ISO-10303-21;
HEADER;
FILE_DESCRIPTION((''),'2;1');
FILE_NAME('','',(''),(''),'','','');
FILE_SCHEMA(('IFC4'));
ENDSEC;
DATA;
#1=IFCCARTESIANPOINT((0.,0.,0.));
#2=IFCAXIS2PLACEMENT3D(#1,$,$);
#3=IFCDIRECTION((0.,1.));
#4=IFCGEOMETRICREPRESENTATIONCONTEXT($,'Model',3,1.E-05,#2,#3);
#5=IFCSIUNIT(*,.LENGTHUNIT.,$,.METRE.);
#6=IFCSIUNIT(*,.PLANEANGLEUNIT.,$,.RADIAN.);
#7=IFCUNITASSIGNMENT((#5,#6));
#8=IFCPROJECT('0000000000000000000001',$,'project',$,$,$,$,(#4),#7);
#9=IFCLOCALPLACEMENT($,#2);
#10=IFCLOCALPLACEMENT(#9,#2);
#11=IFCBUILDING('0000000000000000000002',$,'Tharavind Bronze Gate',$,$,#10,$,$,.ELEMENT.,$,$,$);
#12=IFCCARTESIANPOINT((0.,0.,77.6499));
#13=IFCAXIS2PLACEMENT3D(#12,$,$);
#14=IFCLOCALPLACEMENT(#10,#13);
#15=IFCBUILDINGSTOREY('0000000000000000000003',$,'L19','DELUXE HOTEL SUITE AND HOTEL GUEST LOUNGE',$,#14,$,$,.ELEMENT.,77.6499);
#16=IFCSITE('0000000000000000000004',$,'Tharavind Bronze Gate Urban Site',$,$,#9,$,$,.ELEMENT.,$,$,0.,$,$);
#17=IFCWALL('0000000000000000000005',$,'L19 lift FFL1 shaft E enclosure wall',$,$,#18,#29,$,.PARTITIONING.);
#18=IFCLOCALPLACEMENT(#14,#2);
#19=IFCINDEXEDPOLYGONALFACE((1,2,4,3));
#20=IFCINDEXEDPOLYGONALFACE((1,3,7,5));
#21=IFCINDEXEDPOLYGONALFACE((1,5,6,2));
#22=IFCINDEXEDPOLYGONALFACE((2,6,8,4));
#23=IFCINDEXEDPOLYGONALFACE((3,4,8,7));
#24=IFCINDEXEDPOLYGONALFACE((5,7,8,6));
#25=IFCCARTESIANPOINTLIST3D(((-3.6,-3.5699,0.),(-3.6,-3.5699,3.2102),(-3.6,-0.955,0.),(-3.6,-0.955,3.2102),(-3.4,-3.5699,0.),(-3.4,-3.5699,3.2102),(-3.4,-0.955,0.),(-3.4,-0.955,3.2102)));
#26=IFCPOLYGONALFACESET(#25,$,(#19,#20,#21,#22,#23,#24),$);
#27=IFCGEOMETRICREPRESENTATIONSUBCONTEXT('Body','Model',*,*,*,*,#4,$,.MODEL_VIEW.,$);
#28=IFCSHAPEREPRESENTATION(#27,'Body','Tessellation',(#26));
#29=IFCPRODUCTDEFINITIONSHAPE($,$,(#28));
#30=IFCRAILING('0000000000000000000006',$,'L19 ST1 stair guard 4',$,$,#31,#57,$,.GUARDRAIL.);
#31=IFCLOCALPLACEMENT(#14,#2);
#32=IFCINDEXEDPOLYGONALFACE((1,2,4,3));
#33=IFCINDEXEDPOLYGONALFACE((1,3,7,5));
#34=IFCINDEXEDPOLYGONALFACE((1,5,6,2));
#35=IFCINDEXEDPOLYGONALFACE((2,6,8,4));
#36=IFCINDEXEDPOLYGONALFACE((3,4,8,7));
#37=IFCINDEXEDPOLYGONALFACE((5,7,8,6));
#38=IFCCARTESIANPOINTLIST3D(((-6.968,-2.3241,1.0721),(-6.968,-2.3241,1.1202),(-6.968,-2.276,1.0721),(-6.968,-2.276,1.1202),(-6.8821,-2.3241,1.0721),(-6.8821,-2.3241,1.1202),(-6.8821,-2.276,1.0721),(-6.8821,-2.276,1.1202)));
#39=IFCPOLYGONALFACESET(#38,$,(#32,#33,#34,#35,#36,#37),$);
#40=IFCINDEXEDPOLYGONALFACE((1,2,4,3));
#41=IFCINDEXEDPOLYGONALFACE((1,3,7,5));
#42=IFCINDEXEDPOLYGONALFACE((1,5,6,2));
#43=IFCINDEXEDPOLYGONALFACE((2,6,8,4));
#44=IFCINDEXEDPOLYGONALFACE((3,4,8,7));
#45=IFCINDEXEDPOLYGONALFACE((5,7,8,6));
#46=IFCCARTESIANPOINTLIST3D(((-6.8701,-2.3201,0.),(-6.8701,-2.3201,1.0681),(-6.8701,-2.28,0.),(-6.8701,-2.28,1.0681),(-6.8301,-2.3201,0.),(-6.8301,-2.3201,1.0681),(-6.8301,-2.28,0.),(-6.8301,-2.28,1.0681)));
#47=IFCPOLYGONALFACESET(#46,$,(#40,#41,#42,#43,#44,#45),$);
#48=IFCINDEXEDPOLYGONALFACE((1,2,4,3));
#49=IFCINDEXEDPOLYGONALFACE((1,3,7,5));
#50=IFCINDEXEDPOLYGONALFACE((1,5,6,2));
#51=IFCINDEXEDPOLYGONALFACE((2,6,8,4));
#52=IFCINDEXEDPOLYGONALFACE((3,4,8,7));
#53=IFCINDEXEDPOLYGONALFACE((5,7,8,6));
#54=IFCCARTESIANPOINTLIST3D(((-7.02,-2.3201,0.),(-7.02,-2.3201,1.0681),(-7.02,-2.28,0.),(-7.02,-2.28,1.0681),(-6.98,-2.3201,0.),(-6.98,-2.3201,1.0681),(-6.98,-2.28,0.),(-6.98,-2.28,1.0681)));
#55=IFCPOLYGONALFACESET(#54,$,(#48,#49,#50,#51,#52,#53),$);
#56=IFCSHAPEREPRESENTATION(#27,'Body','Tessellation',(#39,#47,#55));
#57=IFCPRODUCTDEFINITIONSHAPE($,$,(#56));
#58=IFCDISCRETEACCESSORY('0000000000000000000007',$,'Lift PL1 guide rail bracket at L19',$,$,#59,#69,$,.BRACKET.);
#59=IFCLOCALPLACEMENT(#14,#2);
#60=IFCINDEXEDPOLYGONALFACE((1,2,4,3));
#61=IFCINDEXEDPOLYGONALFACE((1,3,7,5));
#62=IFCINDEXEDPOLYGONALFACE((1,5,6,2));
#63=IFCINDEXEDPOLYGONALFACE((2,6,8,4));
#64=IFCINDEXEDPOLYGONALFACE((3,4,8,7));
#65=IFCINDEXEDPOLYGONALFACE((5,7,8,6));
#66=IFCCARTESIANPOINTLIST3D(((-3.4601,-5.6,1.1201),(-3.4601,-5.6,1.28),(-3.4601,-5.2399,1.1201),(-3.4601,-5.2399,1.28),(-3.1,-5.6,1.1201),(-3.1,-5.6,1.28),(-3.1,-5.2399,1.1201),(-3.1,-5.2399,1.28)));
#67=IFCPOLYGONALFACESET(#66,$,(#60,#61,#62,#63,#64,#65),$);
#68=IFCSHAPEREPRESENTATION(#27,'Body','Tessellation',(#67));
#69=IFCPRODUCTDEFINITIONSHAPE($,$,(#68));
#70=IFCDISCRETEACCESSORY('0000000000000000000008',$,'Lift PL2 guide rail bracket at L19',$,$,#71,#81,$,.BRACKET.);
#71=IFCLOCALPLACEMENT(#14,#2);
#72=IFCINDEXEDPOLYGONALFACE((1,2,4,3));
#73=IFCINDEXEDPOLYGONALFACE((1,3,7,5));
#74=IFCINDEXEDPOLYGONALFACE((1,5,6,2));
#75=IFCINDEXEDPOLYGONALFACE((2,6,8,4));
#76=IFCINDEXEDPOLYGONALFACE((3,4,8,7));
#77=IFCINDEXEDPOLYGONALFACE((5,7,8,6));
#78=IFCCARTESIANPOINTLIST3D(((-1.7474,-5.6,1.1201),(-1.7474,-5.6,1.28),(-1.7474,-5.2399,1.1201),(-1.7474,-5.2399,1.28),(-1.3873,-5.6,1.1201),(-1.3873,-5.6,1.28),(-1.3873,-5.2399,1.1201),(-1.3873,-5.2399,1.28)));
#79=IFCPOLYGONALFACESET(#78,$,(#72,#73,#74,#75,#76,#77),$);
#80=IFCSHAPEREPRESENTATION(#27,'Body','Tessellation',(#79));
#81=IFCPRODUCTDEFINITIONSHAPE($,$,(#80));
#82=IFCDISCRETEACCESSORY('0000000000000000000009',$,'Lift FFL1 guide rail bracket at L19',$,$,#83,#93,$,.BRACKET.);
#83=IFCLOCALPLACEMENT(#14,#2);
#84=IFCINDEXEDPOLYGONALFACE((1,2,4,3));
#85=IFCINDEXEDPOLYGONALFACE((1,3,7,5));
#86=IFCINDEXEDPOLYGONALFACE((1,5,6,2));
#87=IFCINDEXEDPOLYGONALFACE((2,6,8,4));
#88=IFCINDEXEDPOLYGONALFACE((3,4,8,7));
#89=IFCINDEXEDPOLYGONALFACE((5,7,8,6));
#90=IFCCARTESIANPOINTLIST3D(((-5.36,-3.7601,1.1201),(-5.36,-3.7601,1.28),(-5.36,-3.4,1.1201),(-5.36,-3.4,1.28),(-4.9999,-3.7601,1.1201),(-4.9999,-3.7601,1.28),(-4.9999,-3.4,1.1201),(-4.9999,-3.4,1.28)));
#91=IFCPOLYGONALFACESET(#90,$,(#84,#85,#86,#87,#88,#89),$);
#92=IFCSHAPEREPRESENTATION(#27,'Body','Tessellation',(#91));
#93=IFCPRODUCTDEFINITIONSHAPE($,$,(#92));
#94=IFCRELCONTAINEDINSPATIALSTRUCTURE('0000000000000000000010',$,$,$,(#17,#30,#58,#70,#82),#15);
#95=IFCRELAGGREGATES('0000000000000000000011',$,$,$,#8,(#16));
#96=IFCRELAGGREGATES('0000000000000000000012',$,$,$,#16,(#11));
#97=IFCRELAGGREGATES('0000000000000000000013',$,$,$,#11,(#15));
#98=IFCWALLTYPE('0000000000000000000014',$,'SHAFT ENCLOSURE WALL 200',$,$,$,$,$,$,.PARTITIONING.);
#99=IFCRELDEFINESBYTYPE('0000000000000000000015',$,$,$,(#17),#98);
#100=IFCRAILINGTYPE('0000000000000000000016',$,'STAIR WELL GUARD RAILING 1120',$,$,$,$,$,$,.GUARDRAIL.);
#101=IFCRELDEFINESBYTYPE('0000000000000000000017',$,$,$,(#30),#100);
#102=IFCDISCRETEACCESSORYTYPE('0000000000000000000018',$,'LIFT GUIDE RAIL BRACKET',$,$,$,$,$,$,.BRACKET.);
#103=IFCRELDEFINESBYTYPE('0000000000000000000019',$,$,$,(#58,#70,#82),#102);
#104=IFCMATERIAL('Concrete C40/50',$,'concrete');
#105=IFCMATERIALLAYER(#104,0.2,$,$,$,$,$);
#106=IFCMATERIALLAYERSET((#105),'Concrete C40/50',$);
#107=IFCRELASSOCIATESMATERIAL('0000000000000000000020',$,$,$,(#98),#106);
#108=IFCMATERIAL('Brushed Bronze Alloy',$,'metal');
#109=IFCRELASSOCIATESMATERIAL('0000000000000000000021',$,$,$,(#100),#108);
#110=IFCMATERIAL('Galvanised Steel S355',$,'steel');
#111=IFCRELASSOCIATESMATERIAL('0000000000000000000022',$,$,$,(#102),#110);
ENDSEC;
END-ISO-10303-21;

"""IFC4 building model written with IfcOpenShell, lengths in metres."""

from ifc_helpers import new_model, si_unit, direction, frame, frame_2d, origin, origin_2d, place, context, subcontext, project, spatial, rectangle, extrude, material, layer, layer_set, type_object, element, save


model = new_model("IFC4")

# Units and contexts
model_context = context("Model", 3, precision=1e-05, world=origin(), true_north=direction((0.0, 1.0)))
body_context = subcontext(model_context, "Body", "Model", "MODEL_VIEW")
ifc_project = project(units=[si_unit("LENGTHUNIT", "METRE"), si_unit("PLANEANGLEUNIT", "RADIAN")], contexts=[model_context])

# Site, building, storey
site_placement = place(None, origin())
site = spatial("IfcSite", under=ifc_project, at=site_placement, Name="Tharavind Bronze Gate Urban Site", CompositionType="ELEMENT", RefElevation=0.0)
building_placement = place(site_placement, origin())
building = spatial("IfcBuilding", under=site, at=building_placement, Name="Tharavind Bronze Gate", CompositionType="ELEMENT")
storey_placement = place(building_placement, frame((0.0, 0.0, 77.6499)))
storey = spatial("IfcBuildingStorey", under=building, at=storey_placement, Name="L19", Description="DELUXE HOTEL SUITE AND HOTEL GUEST LOUNGE", CompositionType="ELEMENT", Elevation=77.6499)

# Wall
ifc_material_1 = material(Name="Concrete C40/50", Category="concrete")
ifc_layer_1 = layer(ifc_material_1, 0.2)
ifc_layer_set_1 = layer_set([ifc_layer_1], Name="Concrete C40/50")
wall_type_1 = type_object("IfcWallType", Name="SHAFT ENCLOSURE WALL 200", PredefinedType="PARTITIONING", material=ifc_layer_set_1)
wall_1_placement = place(storey_placement, frame((-3.5, -3.5701, 0.0), z_axis=(0.0, 0.0, 1.0), x_axis=(0.0, 1.0, 0.0)))
element("IfcWall", 1, at=wall_1_placement, inside=storey, type_object=wall_type_1, Name="L19 lift FFL1 shaft E enclosure wall", PredefinedType="PARTITIONING", context=body_context, shape_type="SweptSolid", body=[
    extrude(rectangle(XDim=2.615, YDim=0.2, at=frame_2d((1.3076, 0.0))), origin(), (0.0, 0.0, 1.0), 3.2102),
])

# Railing
ifc_material_2 = material(Name="Brushed Bronze Alloy", Category="metal")
railing_type = type_object("IfcRailingType", Name="STAIR WELL GUARD RAILING 1120", PredefinedType="GUARDRAIL", material=ifc_material_2)
railing_placement = place(storey_placement, frame((-6.8501, -2.3, 0.0)))
element("IfcRailing", 2, at=railing_placement, inside=storey, type_object=railing_type, Name="L19 ST1 stair guard 4", PredefinedType="GUARDRAIL", context=body_context, shape_type="SweptSolid", body=[
    extrude(rectangle(XDim=0.0481, YDim=0.0481, at=origin_2d()), frame((-0.032, 0.0, 1.0962), z_axis=(-1.0, 0.0, 0.0), x_axis=(0.0, -1.0, 0.0)), (0.0, 0.0, 1.0), 0.0859),
    extrude(rectangle(XDim=0.04, YDim=0.04, at=origin_2d()), origin(), (0.0, 0.0, 1.0), 1.0681),
    extrude(rectangle(XDim=0.04, YDim=0.04, at=origin_2d()), frame((-0.1499, 0.0, 0.0)), (0.0, 0.0, 1.0), 1.0681),
])

# Discrete accessories
ifc_material_3 = material(Name="Galvanised Steel S355", Category="steel")
discrete_accessory_type = type_object("IfcDiscreteAccessoryType", Name="LIFT GUIDE RAIL BRACKET", PredefinedType="BRACKET", material=ifc_material_3)
for number, where, z_axis, x_axis, name in (
    (3, (-3.28, -5.4199, 1.1201), (0.0, 0.0, 1.0), (1.0, 0.0, 0.0), "Lift PL1 guide rail bracket at L19"),
    (4, (-1.5674, -5.4199, 1.1201), (0.0, 0.0, 1.0), (1.0, 0.0, 0.0), "Lift PL2 guide rail bracket at L19"),
    (5, (-5.1799, -3.5801, 1.1201), (0.0, 0.0, 1.0), (1.0, 0.0, 0.0), "Lift FFL1 guide rail bracket at L19"),
):
    element("IfcDiscreteAccessory", number, at=place(storey_placement, frame(where, z_axis=z_axis, x_axis=x_axis)), inside=storey, type_object=discrete_accessory_type, Name=name, PredefinedType="BRACKET", context=body_context, shape_type="SweptSolid", body=[
        extrude(rectangle(XDim=0.3601, YDim=0.3601, at=origin_2d()), origin(), (0.0, 0.0, 1.0), 0.1599),
    ])

save(model, "model.ifc")
